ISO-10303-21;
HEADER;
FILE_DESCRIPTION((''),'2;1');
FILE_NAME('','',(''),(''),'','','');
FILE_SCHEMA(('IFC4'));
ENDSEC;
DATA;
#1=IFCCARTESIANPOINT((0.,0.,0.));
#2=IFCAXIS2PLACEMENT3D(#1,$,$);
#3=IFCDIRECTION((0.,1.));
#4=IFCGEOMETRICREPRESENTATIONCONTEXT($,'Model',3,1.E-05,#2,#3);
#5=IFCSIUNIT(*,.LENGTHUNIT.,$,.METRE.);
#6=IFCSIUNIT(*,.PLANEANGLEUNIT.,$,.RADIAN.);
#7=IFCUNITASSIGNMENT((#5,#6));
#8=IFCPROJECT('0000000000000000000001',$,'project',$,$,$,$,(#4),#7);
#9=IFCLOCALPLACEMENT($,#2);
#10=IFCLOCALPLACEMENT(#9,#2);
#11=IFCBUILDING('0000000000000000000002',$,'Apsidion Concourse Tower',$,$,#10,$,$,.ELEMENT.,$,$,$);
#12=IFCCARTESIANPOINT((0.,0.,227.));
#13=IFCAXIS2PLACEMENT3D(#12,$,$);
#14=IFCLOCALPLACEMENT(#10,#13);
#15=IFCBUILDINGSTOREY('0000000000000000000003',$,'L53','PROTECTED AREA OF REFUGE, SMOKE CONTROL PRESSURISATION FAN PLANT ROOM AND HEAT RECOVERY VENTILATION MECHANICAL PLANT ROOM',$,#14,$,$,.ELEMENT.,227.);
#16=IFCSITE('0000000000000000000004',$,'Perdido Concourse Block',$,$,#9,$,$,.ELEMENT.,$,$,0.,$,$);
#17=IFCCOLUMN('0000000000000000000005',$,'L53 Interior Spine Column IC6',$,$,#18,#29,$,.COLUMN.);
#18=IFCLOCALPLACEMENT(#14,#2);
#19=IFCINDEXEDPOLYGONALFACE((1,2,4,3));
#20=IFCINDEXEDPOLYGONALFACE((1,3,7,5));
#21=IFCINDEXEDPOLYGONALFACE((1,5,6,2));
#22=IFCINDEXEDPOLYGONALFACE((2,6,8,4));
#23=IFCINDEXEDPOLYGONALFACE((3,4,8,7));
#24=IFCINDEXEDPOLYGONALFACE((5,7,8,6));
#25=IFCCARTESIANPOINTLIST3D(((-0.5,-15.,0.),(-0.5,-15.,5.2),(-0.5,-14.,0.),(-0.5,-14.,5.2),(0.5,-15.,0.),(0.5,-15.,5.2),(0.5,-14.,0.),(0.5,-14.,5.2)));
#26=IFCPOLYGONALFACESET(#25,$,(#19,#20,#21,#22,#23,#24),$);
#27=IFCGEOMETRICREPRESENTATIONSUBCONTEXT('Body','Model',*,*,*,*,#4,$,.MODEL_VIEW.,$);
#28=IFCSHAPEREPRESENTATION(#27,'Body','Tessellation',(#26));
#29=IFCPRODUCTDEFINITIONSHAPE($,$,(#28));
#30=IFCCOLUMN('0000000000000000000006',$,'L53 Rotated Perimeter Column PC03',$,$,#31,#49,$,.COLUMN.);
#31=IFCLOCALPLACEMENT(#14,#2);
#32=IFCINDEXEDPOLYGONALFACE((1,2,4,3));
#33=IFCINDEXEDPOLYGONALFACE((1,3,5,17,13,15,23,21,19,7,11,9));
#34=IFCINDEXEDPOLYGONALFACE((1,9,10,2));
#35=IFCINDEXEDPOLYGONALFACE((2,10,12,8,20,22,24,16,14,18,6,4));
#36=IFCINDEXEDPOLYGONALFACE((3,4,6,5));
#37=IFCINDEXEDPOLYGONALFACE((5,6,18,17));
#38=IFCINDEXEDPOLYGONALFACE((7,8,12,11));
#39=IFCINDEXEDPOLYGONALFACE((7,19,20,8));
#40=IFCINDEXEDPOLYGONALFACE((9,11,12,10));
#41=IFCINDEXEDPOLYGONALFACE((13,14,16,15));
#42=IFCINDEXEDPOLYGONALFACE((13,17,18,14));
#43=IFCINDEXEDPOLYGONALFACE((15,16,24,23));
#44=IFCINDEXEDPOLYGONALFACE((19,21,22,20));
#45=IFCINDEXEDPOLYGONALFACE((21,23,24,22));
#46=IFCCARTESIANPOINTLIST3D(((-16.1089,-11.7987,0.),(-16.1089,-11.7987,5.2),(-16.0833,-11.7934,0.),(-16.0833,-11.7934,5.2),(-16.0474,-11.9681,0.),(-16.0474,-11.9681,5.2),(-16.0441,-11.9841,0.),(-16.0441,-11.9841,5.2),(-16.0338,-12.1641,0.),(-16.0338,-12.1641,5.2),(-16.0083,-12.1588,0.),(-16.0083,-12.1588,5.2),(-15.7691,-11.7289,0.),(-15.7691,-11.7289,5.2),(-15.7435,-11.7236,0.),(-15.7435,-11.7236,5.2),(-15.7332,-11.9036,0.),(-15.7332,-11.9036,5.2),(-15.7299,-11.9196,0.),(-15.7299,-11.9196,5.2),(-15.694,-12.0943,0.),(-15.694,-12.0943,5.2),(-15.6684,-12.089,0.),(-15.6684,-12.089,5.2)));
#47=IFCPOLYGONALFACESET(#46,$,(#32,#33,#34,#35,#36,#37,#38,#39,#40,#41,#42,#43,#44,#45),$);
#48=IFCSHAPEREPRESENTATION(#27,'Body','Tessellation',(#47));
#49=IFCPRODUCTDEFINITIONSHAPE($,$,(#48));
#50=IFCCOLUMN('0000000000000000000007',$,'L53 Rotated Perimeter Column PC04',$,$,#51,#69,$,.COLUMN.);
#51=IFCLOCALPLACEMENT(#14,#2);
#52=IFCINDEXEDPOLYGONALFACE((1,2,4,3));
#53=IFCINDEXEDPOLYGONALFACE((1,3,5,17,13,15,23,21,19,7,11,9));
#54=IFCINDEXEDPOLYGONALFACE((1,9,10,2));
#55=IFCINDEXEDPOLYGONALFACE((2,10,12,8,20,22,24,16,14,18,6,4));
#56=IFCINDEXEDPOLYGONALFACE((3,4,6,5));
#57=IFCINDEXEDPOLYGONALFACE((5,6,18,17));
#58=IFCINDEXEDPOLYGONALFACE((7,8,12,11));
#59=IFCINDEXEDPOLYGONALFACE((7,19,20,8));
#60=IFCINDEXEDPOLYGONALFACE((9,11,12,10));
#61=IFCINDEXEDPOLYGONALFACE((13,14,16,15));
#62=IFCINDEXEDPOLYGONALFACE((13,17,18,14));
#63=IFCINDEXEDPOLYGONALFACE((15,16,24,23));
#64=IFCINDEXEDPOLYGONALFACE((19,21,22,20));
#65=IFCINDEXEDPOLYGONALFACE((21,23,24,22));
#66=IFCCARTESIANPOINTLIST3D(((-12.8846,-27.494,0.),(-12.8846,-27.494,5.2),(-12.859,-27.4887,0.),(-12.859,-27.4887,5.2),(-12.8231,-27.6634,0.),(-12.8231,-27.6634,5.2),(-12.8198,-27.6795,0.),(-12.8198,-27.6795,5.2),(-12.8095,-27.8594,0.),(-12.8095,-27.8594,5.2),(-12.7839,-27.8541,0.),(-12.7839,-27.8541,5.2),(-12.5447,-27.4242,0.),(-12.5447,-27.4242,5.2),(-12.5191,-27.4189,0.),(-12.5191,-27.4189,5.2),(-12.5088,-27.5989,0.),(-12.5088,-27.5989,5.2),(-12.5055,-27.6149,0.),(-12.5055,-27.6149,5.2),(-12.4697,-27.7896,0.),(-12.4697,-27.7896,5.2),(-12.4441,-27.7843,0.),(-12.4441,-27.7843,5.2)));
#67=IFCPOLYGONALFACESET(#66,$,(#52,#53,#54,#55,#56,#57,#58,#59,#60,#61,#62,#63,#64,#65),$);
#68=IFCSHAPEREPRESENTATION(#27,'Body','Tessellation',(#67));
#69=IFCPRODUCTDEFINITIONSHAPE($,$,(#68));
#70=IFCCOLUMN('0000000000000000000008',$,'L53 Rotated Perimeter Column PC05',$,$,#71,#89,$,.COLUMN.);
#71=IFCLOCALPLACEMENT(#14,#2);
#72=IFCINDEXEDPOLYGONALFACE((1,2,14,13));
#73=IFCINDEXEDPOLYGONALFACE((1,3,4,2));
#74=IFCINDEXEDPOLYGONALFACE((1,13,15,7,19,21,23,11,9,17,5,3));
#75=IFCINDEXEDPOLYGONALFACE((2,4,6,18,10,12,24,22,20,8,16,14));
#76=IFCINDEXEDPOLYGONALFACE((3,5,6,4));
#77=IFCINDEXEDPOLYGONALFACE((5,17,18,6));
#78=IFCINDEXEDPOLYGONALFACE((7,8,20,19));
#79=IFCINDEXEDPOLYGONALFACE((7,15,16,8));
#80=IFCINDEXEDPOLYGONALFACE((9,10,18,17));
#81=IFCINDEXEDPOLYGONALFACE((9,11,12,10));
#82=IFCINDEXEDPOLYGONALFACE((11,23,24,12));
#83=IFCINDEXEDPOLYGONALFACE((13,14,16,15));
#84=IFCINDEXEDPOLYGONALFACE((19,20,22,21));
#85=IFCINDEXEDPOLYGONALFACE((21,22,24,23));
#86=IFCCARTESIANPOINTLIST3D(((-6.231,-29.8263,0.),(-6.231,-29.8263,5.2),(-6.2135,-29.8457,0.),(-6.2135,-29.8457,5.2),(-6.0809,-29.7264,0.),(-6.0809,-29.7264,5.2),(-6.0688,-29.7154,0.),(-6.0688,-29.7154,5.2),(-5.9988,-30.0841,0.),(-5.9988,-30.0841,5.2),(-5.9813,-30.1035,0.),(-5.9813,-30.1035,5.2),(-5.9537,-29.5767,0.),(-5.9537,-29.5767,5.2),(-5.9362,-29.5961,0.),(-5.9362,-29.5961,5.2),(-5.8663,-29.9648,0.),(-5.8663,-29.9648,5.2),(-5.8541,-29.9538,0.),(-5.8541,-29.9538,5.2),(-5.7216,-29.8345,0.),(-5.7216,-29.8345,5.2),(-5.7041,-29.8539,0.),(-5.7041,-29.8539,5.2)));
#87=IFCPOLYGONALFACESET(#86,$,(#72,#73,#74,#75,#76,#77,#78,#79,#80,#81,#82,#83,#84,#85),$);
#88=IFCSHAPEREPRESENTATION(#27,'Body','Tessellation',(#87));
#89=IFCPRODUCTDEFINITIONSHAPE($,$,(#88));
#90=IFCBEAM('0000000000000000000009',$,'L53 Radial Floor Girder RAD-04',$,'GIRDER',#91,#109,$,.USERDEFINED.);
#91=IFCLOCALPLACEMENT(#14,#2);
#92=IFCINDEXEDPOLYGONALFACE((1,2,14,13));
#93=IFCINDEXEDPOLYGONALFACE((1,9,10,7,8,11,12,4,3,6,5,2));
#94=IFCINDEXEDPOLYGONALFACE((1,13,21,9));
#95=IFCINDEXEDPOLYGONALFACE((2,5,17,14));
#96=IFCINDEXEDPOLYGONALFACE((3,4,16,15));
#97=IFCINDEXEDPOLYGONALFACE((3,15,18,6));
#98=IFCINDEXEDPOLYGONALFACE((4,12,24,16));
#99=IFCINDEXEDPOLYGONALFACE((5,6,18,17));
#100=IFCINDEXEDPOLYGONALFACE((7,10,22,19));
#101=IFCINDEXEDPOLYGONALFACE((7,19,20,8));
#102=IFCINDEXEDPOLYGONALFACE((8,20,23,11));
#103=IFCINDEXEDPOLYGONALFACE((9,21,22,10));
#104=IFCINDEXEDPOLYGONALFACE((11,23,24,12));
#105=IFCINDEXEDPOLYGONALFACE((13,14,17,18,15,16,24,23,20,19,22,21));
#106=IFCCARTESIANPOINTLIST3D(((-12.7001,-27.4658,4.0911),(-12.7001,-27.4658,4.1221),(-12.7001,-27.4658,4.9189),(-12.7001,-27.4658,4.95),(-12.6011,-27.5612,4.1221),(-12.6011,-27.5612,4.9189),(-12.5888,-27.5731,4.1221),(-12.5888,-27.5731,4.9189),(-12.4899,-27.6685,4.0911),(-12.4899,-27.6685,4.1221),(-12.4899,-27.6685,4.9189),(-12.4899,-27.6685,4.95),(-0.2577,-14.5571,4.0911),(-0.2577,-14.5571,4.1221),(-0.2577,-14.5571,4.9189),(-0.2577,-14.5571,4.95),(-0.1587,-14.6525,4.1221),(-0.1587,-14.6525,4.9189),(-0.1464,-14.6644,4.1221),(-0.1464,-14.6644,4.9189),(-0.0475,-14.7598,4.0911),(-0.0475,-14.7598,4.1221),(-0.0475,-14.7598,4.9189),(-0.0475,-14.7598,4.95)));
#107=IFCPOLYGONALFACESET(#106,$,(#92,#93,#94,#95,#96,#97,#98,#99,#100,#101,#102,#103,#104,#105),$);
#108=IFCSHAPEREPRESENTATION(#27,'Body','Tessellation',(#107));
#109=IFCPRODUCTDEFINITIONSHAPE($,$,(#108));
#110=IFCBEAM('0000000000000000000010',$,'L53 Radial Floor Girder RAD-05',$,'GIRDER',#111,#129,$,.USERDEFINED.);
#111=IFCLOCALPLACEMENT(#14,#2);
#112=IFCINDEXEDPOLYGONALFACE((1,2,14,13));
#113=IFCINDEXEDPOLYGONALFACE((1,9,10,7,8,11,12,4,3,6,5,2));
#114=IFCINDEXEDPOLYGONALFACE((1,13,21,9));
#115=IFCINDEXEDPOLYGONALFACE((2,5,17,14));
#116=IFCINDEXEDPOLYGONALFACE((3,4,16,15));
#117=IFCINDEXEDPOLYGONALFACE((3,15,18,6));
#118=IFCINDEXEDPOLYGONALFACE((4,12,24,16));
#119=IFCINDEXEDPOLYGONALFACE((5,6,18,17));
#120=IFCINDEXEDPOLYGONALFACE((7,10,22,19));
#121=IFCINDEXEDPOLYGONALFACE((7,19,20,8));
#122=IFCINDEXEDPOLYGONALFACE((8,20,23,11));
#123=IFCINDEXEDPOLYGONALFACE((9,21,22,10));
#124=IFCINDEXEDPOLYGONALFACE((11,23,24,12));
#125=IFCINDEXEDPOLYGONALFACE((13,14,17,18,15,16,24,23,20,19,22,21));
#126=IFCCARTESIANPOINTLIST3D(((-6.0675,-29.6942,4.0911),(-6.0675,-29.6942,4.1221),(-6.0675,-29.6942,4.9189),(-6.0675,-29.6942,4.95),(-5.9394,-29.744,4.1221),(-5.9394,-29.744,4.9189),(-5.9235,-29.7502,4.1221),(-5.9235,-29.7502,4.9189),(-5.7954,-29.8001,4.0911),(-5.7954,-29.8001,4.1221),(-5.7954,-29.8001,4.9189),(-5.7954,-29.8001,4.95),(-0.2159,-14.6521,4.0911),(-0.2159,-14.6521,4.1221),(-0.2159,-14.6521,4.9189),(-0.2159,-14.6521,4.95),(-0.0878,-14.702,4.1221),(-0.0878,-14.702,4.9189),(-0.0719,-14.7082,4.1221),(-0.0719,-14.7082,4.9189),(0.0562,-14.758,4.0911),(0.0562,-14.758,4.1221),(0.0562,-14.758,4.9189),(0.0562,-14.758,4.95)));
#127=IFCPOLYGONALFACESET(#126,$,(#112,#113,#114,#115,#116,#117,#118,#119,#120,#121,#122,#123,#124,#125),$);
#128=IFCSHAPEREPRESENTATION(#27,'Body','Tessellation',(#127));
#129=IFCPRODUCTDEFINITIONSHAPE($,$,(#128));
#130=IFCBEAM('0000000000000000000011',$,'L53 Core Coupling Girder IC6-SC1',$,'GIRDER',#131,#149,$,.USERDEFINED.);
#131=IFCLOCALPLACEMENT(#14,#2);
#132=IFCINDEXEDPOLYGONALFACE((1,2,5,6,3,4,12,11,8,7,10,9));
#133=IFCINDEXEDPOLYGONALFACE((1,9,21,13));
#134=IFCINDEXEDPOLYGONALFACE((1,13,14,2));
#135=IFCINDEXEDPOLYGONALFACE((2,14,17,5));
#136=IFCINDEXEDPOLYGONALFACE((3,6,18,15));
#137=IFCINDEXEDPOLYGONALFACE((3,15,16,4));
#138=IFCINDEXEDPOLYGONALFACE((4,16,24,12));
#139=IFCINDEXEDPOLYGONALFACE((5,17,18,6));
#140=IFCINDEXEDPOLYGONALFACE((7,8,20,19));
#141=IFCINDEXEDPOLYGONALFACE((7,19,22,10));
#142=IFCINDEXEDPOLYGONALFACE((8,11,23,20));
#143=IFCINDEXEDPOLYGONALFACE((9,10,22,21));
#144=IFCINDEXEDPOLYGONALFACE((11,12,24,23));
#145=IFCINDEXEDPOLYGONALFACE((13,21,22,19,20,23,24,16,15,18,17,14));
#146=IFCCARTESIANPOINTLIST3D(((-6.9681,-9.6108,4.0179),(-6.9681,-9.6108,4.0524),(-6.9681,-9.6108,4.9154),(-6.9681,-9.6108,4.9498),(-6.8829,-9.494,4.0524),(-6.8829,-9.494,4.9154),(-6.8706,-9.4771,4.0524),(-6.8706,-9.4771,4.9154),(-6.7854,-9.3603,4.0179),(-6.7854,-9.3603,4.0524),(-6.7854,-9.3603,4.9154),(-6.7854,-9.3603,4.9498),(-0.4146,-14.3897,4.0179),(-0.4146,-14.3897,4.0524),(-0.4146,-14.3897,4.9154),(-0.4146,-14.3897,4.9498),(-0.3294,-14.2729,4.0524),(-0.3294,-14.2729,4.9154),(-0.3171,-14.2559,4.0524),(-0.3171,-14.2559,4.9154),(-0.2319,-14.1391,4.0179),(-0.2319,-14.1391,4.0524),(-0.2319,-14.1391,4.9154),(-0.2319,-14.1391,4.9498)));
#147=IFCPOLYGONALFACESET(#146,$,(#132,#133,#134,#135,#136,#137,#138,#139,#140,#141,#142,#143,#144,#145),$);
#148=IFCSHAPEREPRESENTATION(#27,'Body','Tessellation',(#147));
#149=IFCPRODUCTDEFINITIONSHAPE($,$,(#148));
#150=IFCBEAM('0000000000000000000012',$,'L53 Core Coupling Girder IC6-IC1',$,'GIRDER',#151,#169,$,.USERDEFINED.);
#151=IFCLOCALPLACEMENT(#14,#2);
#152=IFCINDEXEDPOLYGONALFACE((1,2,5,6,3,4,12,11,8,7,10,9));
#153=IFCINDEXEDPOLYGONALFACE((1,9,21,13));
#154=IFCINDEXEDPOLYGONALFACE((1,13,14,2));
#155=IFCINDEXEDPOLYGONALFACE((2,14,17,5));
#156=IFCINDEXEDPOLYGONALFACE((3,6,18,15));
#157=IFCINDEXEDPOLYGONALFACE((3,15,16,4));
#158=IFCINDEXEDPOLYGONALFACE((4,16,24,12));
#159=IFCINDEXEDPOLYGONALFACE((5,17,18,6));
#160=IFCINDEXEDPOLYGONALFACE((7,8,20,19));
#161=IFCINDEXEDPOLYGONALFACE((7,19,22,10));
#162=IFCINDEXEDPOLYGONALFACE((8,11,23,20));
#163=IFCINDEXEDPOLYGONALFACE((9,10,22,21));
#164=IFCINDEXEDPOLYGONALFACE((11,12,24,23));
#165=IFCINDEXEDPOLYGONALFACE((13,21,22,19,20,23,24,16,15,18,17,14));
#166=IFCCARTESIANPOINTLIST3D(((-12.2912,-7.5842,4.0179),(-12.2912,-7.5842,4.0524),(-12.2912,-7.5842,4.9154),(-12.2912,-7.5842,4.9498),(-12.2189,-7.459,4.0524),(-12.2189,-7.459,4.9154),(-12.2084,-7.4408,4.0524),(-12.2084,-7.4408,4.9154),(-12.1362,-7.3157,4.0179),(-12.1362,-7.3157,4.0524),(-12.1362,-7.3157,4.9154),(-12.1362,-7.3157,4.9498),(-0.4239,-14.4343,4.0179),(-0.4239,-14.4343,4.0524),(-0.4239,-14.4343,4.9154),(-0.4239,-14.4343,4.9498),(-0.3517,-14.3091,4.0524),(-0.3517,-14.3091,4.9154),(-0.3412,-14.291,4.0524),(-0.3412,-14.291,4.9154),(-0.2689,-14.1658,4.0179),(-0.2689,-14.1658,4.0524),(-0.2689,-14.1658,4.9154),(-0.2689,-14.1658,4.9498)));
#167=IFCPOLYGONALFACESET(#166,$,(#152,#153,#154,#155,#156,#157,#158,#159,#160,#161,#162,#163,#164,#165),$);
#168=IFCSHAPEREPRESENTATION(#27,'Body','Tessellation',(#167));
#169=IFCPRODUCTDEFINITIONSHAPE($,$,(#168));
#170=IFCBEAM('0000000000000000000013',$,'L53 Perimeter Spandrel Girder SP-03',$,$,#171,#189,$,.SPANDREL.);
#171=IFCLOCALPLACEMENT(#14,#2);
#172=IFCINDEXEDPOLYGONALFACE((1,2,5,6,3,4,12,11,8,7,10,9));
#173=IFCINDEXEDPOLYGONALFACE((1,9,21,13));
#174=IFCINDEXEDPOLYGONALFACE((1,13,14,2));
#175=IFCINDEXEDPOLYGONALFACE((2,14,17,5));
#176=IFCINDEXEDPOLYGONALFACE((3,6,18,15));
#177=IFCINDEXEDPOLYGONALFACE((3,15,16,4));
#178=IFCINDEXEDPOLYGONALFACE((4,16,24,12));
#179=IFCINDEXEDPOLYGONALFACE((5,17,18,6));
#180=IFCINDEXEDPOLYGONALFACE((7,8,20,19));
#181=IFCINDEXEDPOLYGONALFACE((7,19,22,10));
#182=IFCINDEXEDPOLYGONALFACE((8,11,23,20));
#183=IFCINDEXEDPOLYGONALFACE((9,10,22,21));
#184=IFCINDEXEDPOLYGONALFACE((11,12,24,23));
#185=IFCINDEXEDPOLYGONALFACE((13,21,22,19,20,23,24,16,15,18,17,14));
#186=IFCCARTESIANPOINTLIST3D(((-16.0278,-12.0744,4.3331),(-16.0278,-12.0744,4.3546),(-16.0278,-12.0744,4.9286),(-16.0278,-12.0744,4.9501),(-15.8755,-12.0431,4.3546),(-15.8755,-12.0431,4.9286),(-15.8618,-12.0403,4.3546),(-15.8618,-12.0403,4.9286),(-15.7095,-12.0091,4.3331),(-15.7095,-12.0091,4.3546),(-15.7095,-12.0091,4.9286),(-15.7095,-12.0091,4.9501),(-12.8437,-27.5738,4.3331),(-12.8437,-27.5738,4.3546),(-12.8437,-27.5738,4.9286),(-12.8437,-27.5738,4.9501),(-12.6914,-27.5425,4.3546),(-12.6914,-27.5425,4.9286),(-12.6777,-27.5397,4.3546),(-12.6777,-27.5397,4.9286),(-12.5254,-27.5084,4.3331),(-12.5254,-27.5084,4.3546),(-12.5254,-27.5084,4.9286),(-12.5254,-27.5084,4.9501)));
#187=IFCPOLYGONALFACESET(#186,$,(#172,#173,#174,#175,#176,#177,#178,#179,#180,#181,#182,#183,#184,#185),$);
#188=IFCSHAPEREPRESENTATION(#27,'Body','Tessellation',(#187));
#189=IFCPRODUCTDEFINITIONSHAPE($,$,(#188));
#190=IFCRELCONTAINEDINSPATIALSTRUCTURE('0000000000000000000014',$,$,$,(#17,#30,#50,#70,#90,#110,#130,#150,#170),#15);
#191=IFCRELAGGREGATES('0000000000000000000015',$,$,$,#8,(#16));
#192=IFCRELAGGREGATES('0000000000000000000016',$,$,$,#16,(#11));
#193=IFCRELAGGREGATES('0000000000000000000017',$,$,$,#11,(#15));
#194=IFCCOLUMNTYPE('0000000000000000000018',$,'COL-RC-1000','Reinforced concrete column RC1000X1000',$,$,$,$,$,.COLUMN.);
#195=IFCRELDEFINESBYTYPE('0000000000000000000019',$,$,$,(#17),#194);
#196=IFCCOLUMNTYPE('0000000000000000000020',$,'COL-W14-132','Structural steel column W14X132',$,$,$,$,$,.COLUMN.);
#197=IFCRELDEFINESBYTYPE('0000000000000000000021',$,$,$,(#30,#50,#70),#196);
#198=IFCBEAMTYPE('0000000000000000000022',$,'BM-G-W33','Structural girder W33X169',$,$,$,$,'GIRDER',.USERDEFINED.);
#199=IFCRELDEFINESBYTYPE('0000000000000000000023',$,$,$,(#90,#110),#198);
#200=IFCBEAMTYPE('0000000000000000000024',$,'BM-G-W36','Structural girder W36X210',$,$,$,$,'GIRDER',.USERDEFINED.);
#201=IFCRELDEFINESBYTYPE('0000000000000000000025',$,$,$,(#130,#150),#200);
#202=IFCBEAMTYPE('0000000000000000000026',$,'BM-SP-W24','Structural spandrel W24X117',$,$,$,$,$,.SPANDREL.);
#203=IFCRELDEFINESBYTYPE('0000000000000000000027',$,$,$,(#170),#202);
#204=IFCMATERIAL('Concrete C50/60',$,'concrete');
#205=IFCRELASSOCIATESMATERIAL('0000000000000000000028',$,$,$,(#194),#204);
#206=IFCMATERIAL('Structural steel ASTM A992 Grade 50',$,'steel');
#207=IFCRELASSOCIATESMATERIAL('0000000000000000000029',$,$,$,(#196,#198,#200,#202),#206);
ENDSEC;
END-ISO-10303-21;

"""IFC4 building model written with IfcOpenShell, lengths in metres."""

from ifc_helpers import new_model, si_unit, direction, frame, origin, origin_2d, place, context, subcontext, project, spatial, rectangle, i_section, extrude, material, material_profile, profile_set, type_object, element, save


model = new_model("IFC4")

# Units and contexts
model_context = context("Model", 3, precision=1e-05, world=origin(), true_north=direction((0.0, 1.0)))
body_context = subcontext(model_context, "Body", "Model", "MODEL_VIEW")
ifc_project = project(units=[si_unit("LENGTHUNIT", "METRE"), si_unit("PLANEANGLEUNIT", "RADIAN")], contexts=[model_context])

# Site, building, storey
site_placement = place(None, origin())
site = spatial("IfcSite", under=ifc_project, at=site_placement, Name="Perdido Concourse Block", CompositionType="ELEMENT", RefElevation=0.0)
building_placement = place(site_placement, origin())
building = spatial("IfcBuilding", under=site, at=building_placement, Name="Apsidion Concourse Tower", CompositionType="ELEMENT")
storey_placement = place(building_placement, frame((0.0, 0.0, 227.0)))
storey = spatial("IfcBuildingStorey", under=building, at=storey_placement, Name="L53", Description="PROTECTED AREA OF REFUGE, SMOKE CONTROL PRESSURISATION FAN PLANT ROOM AND HEAT RECOVERY VENTILATION MECHANICAL PLANT ROOM", CompositionType="ELEMENT", Elevation=227.0)

# Columns
ifc_material_1 = material(Name="Concrete C50/60", Category="concrete")
ifc_material_profile_1 = material_profile(ifc_material_1, rectangle(XDim=1.0, YDim=1.0, at=origin_2d()), Name="RC 1000x1000")
ifc_profile_set_1 = profile_set([ifc_material_profile_1], Name="Concrete C50/60")
column_type_1 = type_object("IfcColumnType", Name="COL-RC-1000", Description="Reinforced concrete column RC1000X1000", PredefinedType="COLUMN", material=ifc_profile_set_1)
column_placement = place(storey_placement, frame((0.0, -14.5, 0.0), z_axis=(0.0, 0.0, 1.0), x_axis=(1.0, 0.0, 0.0)))
element("IfcColumn", 1, at=column_placement, inside=storey, type_object=column_type_1, Name="L53 Interior Spine Column IC6", PredefinedType="COLUMN", context=body_context, shape_type="SweptSolid", body=[
    extrude(rectangle(XDim=1.0, YDim=1.0, at=origin_2d()), origin(), (0.0, 0.0, 1.0), 5.2),
])
ifc_material_2 = material(Name="Structural steel ASTM A992 Grade 50", Category="steel")
ifc_material_profile_2 = material_profile(ifc_material_2, i_section(OverallWidth=0.373, OverallDepth=0.373, WebThickness=0.0164, FlangeThickness=0.0261, at=origin_2d()), Name="W14X132")
ifc_profile_set_2 = profile_set([ifc_material_profile_2], Name="Structural steel ASTM A992 Grade 50")
column_type_2 = type_object("IfcColumnType", Name="COL-W14-132", Description="Structural steel column W14X132", PredefinedType="COLUMN", material=ifc_profile_set_2)
for number, where, z_axis, x_axis, name in (
    (2, (-15.8887, -11.9438, 0.0), (0.0, 0.0, 1.0), (-0.201249, 0.97954, 0.0), "L53 Rotated Perimeter Column PC03"),
    (3, (-12.6643, -27.6392, 0.0), (0.0, 0.0, 1.0), (-0.201249, 0.97954, 0.0), "L53 Rotated Perimeter Column PC04"),
    (4, (-5.9675, -29.8401, 0.0), (0.0, 0.0, 1.0), (0.743145, 0.669131, 0.0), "L53 Rotated Perimeter Column PC05"),
):
    element("IfcColumn", number, at=place(storey_placement, frame(where, z_axis=z_axis, x_axis=x_axis)), inside=storey, type_object=column_type_2, Name=name, PredefinedType="COLUMN", context=body_context, shape_type="SweptSolid", body=[
        extrude(i_section(OverallWidth=0.373, OverallDepth=0.373, WebThickness=0.0164, FlangeThickness=0.0261, at=origin_2d()), origin(), (0.0, 0.0, 1.0), 5.2),
    ])

# Beams
ifc_material_profile_3 = material_profile(ifc_material_2, i_section(OverallWidth=0.292, OverallDepth=0.8589, WebThickness=0.0171, FlangeThickness=0.031, at=origin_2d()), Name="W33X169")
ifc_profile_set_3 = profile_set([ifc_material_profile_3], Name="Structural steel ASTM A992 Grade 50")
beam_type_1 = type_object("IfcBeamType", Name="BM-G-W33", Description="Structural girder W33X169", ElementType="GIRDER", PredefinedType="USERDEFINED", material=ifc_profile_set_3)
beam_1_placement = place(storey_placement, frame((-0.1526, -14.6584, 4.5205), z_axis=(-0.693983, -0.719992, 0.0), x_axis=(0.719992, -0.693983, 0.0)))
element("IfcBeam", 5, at=beam_1_placement, inside=storey, type_object=beam_type_1, Name="L53 Radial Floor Girder RAD-04", ObjectType="GIRDER", PredefinedType="USERDEFINED", context=body_context, shape_type="SweptSolid", body=[
    extrude(i_section(OverallWidth=0.292, OverallDepth=0.8589, WebThickness=0.0171, FlangeThickness=0.031, at=origin_2d()), origin(), (0.0, 0.0, 1.0), 17.929),
])
beam_2_placement = place(storey_placement, frame((-0.0798, -14.7051, 4.5205), z_axis=(-0.362548, -0.931965, 0.0), x_axis=(0.931965, -0.362548, 0.0)))
element("IfcBeam", 6, at=beam_2_placement, inside=storey, type_object=beam_type_1, Name="L53 Radial Floor Girder RAD-05", ObjectType="GIRDER", PredefinedType="USERDEFINED", context=body_context, shape_type="SweptSolid", body=[
    extrude(i_section(OverallWidth=0.292, OverallDepth=0.8589, WebThickness=0.0171, FlangeThickness=0.031, at=origin_2d()), origin(), (0.0, 0.0, 1.0), 16.1401),
])
ifc_material_profile_4 = material_profile(ifc_material_2, i_section(OverallWidth=0.3101, OverallDepth=0.9319, WebThickness=0.021, FlangeThickness=0.0344, at=origin_2d()), Name="W36X210")
ifc_profile_set_4 = profile_set([ifc_material_profile_4], Name="Structural steel ASTM A992 Grade 50")
beam_type_2 = type_object("IfcBeamType", Name="BM-G-W36", Description="Structural girder W36X210", ElementType="GIRDER", PredefinedType="USERDEFINED", material=ifc_profile_set_4)
beam_3_placement = place(storey_placement, frame((-0.3232, -14.2644, 4.4839), z_axis=(-0.807993, 0.589191, 0.0), x_axis=(-0.589191, -0.807993, 0.0)))
element("IfcBeam", 7, at=beam_3_placement, inside=storey, type_object=beam_type_2, Name="L53 Core Coupling Girder IC6-SC1", ObjectType="GIRDER", PredefinedType="USERDEFINED", context=body_context, shape_type="SweptSolid", body=[
    extrude(i_section(OverallWidth=0.3101, OverallDepth=0.9319, WebThickness=0.021, FlangeThickness=0.0344, at=origin_2d()), origin(), (0.0, 0.0, 1.0), 8.1108),
])
beam_4_placement = place(storey_placement, frame((-0.3464, -14.3, 4.4839), z_axis=(-0.86607, 0.499922, 0.0), x_axis=(-0.499922, -0.86607, 0.0)))
element("IfcBeam", 8, at=beam_4_placement, inside=storey, type_object=beam_type_2, Name="L53 Core Coupling Girder IC6-IC1", ObjectType="GIRDER", PredefinedType="USERDEFINED", context=body_context, shape_type="SweptSolid", body=[
    extrude(i_section(OverallWidth=0.3101, OverallDepth=0.9319, WebThickness=0.021, FlangeThickness=0.0344, at=origin_2d()), origin(), (0.0, 0.0, 1.0), 13.7024),
])
ifc_material_profile_5 = material_profile(ifc_material_2, i_section(OverallWidth=0.325, OverallDepth=0.6169, WebThickness=0.0139, FlangeThickness=0.0215, at=origin_2d()), Name="W24X117")
ifc_profile_set_5 = profile_set([ifc_material_profile_5], Name="Structural steel ASTM A992 Grade 50")
beam_type_3 = type_object("IfcBeamType", Name="BM-SP-W24", Description="Structural spandrel W24X117", PredefinedType="SPANDREL", material=ifc_profile_set_5)
beam_5_placement = place(storey_placement, frame((-15.8687, -12.0417, 4.6416), z_axis=(0.201232, -0.979544, 0.0), x_axis=(0.979544, 0.201232, 0.0)))
element("IfcBeam", 9, at=beam_5_placement, inside=storey, type_object=beam_type_3, Name="L53 Perimeter Spandrel Girder SP-03", PredefinedType="SPANDREL", context=body_context, shape_type="SweptSolid", body=[
    extrude(i_section(OverallWidth=0.325, OverallDepth=0.6169, WebThickness=0.0139, FlangeThickness=0.0215, at=origin_2d()), origin(), (0.0, 0.0, 1.0), 15.823),
])

save(model, "model.ifc")
